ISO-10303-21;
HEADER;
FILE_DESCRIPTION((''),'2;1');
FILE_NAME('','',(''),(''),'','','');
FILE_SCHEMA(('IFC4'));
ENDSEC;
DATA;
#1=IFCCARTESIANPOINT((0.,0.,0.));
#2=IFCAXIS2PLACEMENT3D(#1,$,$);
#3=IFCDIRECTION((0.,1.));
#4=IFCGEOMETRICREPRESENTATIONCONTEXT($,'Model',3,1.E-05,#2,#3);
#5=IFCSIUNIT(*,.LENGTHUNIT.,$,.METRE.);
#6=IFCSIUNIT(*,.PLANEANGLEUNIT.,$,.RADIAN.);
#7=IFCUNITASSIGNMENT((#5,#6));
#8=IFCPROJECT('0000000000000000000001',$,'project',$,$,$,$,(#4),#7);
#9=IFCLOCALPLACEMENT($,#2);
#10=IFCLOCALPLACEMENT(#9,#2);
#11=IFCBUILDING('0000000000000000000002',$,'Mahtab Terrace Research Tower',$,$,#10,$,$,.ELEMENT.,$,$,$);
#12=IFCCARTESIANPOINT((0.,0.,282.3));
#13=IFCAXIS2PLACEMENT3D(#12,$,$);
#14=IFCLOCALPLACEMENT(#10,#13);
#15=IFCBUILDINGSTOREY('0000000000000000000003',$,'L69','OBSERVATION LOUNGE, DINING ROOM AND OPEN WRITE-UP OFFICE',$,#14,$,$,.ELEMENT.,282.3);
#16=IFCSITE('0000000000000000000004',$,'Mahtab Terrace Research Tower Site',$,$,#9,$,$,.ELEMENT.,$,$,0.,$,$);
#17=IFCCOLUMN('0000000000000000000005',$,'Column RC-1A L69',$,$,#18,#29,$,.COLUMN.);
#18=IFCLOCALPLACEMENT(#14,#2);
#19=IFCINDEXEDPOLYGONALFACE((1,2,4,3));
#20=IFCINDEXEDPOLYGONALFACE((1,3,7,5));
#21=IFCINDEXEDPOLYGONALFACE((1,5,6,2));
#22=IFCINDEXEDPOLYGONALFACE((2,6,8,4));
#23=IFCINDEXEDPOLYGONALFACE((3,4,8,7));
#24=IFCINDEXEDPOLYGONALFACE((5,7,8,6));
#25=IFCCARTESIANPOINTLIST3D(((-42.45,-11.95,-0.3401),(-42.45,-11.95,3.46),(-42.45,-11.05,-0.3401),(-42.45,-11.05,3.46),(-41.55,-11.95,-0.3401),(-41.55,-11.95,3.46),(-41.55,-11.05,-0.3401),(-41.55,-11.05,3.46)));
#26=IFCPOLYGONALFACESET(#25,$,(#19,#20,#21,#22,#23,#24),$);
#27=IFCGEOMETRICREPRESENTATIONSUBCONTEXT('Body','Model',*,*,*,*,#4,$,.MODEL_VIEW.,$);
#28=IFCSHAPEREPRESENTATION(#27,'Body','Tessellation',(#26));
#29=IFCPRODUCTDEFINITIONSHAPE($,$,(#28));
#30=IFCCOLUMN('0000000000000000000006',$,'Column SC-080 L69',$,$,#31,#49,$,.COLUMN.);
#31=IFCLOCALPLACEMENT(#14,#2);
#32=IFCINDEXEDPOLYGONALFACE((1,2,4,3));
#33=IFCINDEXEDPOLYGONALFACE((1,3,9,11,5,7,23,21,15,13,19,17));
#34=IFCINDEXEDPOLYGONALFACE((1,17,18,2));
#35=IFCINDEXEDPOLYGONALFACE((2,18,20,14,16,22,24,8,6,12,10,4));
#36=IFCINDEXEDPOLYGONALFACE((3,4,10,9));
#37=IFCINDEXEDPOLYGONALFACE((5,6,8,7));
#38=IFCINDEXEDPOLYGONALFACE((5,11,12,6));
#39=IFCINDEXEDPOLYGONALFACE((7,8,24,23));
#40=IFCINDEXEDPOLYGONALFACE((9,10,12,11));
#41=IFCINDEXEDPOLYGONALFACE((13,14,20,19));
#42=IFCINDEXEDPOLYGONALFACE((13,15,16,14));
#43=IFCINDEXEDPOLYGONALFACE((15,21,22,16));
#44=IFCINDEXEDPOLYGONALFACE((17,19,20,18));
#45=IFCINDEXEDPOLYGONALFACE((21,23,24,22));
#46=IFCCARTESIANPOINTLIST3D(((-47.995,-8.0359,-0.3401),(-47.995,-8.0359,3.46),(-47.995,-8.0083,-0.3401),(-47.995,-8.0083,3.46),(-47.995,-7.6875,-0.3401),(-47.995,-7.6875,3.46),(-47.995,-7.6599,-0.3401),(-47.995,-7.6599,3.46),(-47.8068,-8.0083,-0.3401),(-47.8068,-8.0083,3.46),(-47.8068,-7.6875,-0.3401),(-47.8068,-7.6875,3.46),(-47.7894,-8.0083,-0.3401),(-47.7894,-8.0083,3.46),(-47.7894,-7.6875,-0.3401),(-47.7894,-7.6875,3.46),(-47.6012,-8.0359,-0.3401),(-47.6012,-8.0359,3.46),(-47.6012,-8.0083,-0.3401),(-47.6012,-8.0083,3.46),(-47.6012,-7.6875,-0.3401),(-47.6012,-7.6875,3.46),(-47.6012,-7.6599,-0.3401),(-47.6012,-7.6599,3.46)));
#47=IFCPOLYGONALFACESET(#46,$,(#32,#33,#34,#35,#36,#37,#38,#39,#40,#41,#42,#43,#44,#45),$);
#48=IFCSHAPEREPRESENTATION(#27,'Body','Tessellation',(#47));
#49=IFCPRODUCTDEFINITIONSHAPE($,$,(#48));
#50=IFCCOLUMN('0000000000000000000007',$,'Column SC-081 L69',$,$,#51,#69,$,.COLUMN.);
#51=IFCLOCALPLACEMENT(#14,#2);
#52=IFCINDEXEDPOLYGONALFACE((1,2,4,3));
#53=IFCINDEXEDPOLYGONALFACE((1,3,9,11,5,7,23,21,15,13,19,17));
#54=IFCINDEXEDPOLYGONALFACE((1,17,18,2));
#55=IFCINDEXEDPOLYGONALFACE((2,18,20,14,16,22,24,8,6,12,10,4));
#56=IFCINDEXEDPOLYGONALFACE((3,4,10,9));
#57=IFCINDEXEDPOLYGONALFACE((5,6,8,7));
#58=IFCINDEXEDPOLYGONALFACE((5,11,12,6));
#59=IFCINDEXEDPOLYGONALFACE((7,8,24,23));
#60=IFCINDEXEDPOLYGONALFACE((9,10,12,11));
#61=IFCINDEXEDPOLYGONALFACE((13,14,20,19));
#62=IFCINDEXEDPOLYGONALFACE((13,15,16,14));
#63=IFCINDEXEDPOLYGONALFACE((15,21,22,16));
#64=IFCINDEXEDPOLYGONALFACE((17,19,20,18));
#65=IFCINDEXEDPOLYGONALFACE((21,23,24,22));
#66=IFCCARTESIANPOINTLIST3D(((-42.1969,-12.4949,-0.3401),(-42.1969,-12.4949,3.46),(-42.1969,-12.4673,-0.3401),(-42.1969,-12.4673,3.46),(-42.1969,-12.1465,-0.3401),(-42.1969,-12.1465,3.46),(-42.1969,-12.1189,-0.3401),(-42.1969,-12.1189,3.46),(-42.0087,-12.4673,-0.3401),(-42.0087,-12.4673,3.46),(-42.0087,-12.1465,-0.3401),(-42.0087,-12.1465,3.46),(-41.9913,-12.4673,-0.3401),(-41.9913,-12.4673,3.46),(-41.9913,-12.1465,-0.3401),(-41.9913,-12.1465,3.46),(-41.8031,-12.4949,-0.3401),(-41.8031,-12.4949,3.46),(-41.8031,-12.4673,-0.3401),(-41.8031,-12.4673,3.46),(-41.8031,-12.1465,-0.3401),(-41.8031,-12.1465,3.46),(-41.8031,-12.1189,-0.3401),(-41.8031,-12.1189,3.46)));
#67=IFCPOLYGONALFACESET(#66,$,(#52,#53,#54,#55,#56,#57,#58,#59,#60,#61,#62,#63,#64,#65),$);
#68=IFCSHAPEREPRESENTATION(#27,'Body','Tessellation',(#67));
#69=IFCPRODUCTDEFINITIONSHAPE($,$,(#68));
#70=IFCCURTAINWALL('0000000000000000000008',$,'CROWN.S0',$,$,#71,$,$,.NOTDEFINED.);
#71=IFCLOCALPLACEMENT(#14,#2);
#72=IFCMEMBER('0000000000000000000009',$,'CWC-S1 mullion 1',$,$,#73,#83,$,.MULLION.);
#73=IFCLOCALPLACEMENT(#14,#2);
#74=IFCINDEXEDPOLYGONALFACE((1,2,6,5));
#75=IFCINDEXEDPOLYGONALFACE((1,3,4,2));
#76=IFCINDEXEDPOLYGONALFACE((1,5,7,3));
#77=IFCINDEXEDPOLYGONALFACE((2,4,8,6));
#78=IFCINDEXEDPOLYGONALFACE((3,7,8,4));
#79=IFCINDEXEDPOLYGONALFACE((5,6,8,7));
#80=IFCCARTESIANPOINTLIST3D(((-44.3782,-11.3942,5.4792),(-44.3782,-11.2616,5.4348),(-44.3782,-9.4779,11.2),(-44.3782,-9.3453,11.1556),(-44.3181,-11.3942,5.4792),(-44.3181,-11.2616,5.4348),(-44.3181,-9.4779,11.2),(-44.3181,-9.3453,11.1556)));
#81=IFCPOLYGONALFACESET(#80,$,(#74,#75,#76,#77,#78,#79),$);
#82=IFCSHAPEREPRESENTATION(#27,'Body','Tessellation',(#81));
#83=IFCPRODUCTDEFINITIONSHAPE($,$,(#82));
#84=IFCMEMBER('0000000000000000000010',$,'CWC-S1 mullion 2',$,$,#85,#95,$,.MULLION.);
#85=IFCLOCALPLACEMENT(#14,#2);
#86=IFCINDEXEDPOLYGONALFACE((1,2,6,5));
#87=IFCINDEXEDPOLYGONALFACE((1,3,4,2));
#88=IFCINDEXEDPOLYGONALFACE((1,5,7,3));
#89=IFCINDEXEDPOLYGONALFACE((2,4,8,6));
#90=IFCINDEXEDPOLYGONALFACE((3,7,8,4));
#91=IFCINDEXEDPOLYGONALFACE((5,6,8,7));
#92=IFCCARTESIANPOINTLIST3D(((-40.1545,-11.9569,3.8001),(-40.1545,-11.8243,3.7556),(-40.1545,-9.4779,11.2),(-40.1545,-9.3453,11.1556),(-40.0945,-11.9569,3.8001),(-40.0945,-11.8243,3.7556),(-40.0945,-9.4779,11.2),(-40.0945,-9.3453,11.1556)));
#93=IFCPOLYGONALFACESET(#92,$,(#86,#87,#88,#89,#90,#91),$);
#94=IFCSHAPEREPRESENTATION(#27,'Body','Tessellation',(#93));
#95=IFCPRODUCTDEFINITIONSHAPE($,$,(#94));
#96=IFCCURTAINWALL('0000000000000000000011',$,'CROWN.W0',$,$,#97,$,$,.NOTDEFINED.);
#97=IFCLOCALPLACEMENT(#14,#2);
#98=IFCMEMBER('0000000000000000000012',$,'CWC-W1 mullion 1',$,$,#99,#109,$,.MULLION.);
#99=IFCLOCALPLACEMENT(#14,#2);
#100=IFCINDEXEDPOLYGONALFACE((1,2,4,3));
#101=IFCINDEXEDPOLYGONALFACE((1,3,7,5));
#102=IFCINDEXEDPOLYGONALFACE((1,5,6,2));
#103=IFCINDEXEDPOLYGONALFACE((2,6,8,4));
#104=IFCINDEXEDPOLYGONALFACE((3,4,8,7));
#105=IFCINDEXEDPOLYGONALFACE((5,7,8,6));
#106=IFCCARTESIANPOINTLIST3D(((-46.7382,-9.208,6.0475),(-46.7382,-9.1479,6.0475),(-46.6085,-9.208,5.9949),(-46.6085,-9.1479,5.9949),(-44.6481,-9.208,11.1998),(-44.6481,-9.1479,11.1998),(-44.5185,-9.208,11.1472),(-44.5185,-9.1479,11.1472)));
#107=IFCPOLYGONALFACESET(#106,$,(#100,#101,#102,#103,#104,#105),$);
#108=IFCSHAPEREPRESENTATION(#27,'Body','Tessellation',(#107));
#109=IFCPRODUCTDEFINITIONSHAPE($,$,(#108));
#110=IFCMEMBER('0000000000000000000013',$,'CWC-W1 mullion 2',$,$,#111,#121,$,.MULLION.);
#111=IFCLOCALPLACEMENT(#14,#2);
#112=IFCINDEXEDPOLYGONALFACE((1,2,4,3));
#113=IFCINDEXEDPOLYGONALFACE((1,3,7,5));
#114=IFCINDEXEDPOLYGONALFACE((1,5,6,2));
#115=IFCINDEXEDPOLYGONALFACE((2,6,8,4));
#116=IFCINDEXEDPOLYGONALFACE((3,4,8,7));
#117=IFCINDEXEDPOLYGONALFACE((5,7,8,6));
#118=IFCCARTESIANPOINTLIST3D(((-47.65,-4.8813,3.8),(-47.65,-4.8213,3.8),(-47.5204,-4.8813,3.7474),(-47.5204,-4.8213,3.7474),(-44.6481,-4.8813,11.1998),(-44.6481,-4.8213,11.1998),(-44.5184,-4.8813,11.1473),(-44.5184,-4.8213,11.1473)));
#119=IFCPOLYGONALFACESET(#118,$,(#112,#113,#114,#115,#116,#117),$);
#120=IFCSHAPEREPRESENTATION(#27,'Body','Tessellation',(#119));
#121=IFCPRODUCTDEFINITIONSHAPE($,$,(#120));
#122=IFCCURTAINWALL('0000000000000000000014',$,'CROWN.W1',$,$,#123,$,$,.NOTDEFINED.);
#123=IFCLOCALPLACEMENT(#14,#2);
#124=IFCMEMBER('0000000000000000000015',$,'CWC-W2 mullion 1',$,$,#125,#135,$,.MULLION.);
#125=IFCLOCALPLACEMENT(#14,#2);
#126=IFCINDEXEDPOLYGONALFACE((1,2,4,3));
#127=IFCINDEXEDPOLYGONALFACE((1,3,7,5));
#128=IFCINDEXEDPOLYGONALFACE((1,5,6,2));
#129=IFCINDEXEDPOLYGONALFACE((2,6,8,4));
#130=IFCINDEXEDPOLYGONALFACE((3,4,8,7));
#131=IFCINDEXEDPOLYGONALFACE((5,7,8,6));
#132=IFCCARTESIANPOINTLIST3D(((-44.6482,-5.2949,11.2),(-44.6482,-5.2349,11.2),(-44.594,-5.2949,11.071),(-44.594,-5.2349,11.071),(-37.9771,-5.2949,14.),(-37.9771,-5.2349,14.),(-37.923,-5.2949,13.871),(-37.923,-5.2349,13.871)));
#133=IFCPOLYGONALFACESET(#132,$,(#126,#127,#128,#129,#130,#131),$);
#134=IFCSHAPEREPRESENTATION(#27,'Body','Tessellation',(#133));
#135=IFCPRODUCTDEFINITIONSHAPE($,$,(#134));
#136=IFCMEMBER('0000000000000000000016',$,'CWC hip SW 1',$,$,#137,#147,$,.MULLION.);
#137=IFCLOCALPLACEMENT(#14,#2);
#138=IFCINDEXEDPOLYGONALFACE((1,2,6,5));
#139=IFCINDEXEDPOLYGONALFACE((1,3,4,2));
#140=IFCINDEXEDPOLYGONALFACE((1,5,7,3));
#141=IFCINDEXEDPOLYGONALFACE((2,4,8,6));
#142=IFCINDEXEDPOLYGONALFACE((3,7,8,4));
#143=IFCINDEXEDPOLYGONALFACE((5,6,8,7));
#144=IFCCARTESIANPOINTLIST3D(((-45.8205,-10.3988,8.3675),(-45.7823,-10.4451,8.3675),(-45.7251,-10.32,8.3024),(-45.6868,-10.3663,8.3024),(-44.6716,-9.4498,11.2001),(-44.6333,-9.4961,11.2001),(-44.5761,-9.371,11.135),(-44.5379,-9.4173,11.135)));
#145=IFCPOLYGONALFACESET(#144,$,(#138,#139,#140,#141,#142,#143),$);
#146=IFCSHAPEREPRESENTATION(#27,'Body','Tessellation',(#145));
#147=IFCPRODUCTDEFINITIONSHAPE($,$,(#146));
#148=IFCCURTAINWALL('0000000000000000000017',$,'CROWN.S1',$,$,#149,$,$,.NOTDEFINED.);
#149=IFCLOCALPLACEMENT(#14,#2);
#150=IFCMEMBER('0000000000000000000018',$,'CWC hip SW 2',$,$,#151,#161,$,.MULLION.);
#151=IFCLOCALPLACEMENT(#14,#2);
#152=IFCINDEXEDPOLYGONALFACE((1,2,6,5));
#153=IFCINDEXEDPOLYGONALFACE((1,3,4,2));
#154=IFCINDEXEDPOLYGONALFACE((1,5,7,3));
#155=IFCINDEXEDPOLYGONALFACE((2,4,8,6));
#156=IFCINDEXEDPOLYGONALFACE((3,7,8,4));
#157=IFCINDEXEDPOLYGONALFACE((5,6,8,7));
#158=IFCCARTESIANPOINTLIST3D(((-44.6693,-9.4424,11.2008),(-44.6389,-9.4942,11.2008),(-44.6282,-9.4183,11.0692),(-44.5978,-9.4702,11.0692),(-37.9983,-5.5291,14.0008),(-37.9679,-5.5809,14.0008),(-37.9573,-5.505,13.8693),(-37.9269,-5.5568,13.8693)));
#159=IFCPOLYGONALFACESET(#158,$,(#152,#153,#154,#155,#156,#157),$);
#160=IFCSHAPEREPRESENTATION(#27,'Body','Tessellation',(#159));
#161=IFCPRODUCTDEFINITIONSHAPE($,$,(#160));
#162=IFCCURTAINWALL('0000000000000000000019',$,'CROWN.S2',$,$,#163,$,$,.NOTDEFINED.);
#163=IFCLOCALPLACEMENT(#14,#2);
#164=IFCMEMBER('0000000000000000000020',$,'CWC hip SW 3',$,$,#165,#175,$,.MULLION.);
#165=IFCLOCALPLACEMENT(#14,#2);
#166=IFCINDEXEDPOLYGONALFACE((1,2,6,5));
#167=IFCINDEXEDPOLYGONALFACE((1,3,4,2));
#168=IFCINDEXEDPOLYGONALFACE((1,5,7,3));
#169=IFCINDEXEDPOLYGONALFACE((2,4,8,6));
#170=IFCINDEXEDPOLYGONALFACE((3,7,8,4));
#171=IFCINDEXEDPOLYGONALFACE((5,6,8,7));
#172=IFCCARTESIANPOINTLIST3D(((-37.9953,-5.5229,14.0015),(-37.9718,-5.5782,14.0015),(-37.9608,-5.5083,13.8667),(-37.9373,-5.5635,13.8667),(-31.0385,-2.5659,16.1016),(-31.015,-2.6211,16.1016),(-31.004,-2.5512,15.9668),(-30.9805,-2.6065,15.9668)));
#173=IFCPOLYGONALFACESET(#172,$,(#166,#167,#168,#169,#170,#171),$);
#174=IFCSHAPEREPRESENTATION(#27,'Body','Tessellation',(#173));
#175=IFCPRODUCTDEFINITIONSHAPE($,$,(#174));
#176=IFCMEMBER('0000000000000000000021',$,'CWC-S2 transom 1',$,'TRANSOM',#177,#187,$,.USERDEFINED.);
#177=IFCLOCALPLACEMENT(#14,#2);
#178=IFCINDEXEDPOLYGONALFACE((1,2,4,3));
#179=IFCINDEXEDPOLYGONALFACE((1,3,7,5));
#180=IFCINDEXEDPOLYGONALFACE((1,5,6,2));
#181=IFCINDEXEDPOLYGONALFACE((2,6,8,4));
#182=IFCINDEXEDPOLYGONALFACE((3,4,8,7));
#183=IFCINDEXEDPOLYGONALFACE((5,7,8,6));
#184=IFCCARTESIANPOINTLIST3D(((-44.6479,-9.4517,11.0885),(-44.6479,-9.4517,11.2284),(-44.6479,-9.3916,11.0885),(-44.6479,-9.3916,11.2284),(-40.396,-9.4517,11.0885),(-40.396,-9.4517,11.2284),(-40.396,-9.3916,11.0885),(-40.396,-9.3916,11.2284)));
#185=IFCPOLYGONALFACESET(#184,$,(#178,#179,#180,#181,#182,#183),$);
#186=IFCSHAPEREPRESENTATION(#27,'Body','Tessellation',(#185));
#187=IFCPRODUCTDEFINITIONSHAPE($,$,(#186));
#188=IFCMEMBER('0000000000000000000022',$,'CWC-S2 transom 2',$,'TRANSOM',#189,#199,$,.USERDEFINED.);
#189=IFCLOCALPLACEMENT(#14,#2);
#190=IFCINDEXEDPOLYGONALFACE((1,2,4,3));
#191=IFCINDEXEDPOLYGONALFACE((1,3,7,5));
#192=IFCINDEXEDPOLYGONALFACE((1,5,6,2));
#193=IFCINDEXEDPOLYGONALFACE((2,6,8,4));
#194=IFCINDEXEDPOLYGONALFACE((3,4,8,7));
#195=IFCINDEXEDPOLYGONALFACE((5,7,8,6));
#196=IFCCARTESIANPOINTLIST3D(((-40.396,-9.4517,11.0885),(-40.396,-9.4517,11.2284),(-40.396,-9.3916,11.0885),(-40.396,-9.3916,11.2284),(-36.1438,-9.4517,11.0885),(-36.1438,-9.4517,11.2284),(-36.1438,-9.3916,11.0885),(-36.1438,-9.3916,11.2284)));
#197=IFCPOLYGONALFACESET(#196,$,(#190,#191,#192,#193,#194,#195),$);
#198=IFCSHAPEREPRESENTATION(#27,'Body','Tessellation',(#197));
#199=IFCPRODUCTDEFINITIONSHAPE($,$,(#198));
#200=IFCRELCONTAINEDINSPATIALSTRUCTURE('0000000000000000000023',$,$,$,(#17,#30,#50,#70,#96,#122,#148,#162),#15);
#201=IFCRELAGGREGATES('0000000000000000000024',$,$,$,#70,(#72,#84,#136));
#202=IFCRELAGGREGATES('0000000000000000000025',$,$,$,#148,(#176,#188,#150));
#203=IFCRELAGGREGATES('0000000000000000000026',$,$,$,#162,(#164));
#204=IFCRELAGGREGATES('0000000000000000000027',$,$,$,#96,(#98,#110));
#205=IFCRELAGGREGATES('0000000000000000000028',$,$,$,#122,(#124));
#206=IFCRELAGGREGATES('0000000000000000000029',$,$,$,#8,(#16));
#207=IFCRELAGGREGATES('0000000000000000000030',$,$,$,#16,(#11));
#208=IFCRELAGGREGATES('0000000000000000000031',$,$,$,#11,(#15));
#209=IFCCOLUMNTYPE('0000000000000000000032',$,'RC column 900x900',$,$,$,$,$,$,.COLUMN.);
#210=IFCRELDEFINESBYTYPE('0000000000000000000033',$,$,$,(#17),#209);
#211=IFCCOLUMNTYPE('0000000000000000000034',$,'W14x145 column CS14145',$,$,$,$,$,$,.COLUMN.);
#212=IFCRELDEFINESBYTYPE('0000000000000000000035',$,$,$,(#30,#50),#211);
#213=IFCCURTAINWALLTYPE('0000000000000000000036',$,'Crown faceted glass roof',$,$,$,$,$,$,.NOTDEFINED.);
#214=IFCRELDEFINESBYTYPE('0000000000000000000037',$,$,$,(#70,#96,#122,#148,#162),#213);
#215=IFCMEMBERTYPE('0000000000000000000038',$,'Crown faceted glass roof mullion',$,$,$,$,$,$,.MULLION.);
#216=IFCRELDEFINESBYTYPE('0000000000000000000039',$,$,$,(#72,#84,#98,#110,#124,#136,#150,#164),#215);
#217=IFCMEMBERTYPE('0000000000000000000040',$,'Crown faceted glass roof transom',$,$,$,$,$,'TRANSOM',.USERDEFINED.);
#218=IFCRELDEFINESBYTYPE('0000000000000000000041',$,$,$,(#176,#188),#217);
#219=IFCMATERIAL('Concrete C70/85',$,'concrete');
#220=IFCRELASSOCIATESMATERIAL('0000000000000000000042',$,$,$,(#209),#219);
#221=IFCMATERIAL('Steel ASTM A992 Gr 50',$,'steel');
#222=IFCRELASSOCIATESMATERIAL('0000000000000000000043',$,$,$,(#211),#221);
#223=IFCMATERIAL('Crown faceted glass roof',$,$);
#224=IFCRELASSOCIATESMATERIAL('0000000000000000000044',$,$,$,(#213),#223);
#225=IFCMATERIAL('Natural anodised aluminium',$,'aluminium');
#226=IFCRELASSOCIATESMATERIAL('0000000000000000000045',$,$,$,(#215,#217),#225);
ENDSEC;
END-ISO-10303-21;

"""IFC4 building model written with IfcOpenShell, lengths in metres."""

from ifc_helpers import new_model, si_unit, direction, frame, origin, origin_2d, place, context, subcontext, project, spatial, rectangle, i_section, extrude, material, material_profile, profile_set, type_object, element, aggregate, save


model = new_model("IFC4")

# Units and contexts
model_context = context("Model", 3, precision=1e-05, world=origin(), true_north=direction((0.0, 1.0)))
body_context = subcontext(model_context, "Body", "Model", "MODEL_VIEW")
ifc_project = project(units=[si_unit("LENGTHUNIT", "METRE"), si_unit("PLANEANGLEUNIT", "RADIAN")], contexts=[model_context])

# Site, building, storey
site_placement = place(None, origin())
site = spatial("IfcSite", under=ifc_project, at=site_placement, Name="Mahtab Terrace Research Tower Site", CompositionType="ELEMENT", RefElevation=0.0)
building_placement = place(site_placement, origin())
building = spatial("IfcBuilding", under=site, at=building_placement, Name="Mahtab Terrace Research Tower", CompositionType="ELEMENT")
storey_placement = place(building_placement, frame((0.0, 0.0, 282.3)))
storey = spatial("IfcBuildingStorey", under=building, at=storey_placement, Name="L69", Description="OBSERVATION LOUNGE, DINING ROOM AND OPEN WRITE-UP OFFICE", CompositionType="ELEMENT", Elevation=282.3)

# Columns
ifc_material_1 = material(Name="Concrete C70/85", Category="concrete")
ifc_material_profile_1 = material_profile(ifc_material_1, rectangle(XDim=0.8999, YDim=0.8999, at=origin_2d()), Name="RC column 900x900")
ifc_profile_set_1 = profile_set([ifc_material_profile_1], Name="Concrete C70/85")
column_type_1 = type_object("IfcColumnType", Name="RC column 900x900", PredefinedType="COLUMN", material=ifc_profile_set_1)
column_placement = place(storey_placement, frame((-42.0, -11.5, -0.3401), z_axis=(0.0, 0.0, 1.0), x_axis=(1.0, 0.0, 0.0)))
element("IfcColumn", 1, at=column_placement, inside=storey, type_object=column_type_1, Name="Column RC-1A L69", PredefinedType="COLUMN", context=body_context, shape_type="SweptSolid", body=[
    extrude(rectangle(XDim=0.8999, YDim=0.8999, at=origin_2d()), origin(), (0.0, 0.0, 1.0), 3.8),
])
ifc_material_2 = material(Name="Steel ASTM A992 Gr 50", Category="steel")
ifc_material_profile_2 = material_profile(ifc_material_2, i_section(OverallWidth=0.3938, OverallDepth=0.376, WebThickness=0.0173, FlangeThickness=0.0276, at=origin_2d()), Name="W14X145")
ifc_profile_set_2 = profile_set([ifc_material_profile_2], Name="Steel ASTM A992 Gr 50")
column_type_2 = type_object("IfcColumnType", Name="W14x145 column CS14145", PredefinedType="COLUMN", material=ifc_profile_set_2)
for number, where, z_axis, x_axis, name in (
    (2, (-47.7981, -7.8479, -0.3401), (0.0, 0.0, 1.0), (1.0, 0.0, 0.0), "Column SC-080 L69"),
    (3, (-42.0, -12.3069, -0.3401), (0.0, 0.0, 1.0), (1.0, 0.0, 0.0), "Column SC-081 L69"),
):
    element("IfcColumn", number, at=place(storey_placement, frame(where, z_axis=z_axis, x_axis=x_axis)), inside=storey, type_object=column_type_2, Name=name, PredefinedType="COLUMN", context=body_context, shape_type="SweptSolid", body=[
        extrude(i_section(OverallWidth=0.3938, OverallDepth=0.376, WebThickness=0.0173, FlangeThickness=0.0276, at=origin_2d()), origin(), (0.0, 0.0, 1.0), 3.8),
    ])

# Curtain walls, members
ifc_material_3 = material(Name="Crown faceted glass roof")
curtain_wall_type = type_object("IfcCurtainWallType", Name="Crown faceted glass roof", PredefinedType="NOTDEFINED", material=ifc_material_3)
curtain_wall_1_placement = place(storey_placement, origin())
curtain_wall_1 = element("IfcCurtainWall", 4, at=curtain_wall_1_placement, inside=storey, type_object=curtain_wall_type, Name="CROWN.S0", PredefinedType="NOTDEFINED")
ifc_material_4 = material(Name="Natural anodised aluminium", Category="aluminium")
ifc_material_profile_3 = material_profile(ifc_material_4, rectangle(XDim=0.0601, YDim=0.1399, at=origin_2d()), Name="MULLION 60x140")
ifc_profile_set_3 = profile_set([ifc_material_profile_3], Name="Natural anodised aluminium")
member_type_1 = type_object("IfcMemberType", Name="Crown faceted glass roof mullion", PredefinedType="MULLION", material=ifc_profile_set_3)
member_1_placement = place(storey_placement, frame((-44.3481, -11.3279, 5.457), z_axis=(0.0, 0.317624, 0.948217), x_axis=(-1.0, 0.0, 0.0)))
member_1 = element("IfcMember", 5, at=member_1_placement, type_object=member_type_1, Name="CWC-S1 mullion 1", PredefinedType="MULLION", context=body_context, shape_type="SweptSolid", body=[
    extrude(rectangle(XDim=0.0601, YDim=0.1399, at=origin_2d()), origin(), (0.0, 0.0, 1.0), 6.0332),
])
member_2_placement = place(storey_placement, frame((-40.1245, -11.8906, 3.7778), z_axis=(0.0, 0.317654, 0.948207), x_axis=(-1.0, 0.0, 0.0)))
member_2 = element("IfcMember", 6, at=member_2_placement, type_object=member_type_1, Name="CWC-S1 mullion 2", PredefinedType="MULLION", context=body_context, shape_type="SweptSolid", body=[
    extrude(rectangle(XDim=0.0601, YDim=0.1399, at=origin_2d()), origin(), (0.0, 0.0, 1.0), 7.8042),
])
curtain_wall_2_placement = place(storey_placement, origin())
curtain_wall_2 = element("IfcCurtainWall", 7, at=curtain_wall_2_placement, inside=storey, type_object=curtain_wall_type, Name="CROWN.W0", PredefinedType="NOTDEFINED")
member_3_placement = place(storey_placement, frame((-46.6733, -9.178, 6.0212), z_axis=(0.375906, 0.0, 0.926658), x_axis=(0.0, 1.0, 0.0)))
member_3 = element("IfcMember", 8, at=member_3_placement, type_object=member_type_1, Name="CWC-W1 mullion 1", PredefinedType="MULLION", context=body_context, shape_type="SweptSolid", body=[
    extrude(rectangle(XDim=0.0601, YDim=0.1399, at=origin_2d()), origin(), (0.0, 0.0, 1.0), 5.5601),
])
member_4_placement = place(storey_placement, frame((-47.5852, -4.8513, 3.7737), z_axis=(0.375919, 0.0, 0.926652), x_axis=(0.0, 1.0, 0.0)))
member_4 = element("IfcMember", 9, at=member_4_placement, type_object=member_type_1, Name="CWC-W1 mullion 2", PredefinedType="MULLION", context=body_context, shape_type="SweptSolid", body=[
    extrude(rectangle(XDim=0.0601, YDim=0.1399, at=origin_2d()), origin(), (0.0, 0.0, 1.0), 7.9856),
])

# Curtain wall, member
curtain_wall_3_placement = place(storey_placement, origin())
curtain_wall_3 = element("IfcCurtainWall", 10, at=curtain_wall_3_placement, inside=storey, type_object=curtain_wall_type, Name="CROWN.W1", PredefinedType="NOTDEFINED")
member_5_placement = place(storey_placement, frame((-44.6211, -5.2649, 11.1355), z_axis=(0.922072, 0.0, 0.387017), x_axis=(0.0, 1.0, 0.0)))
member_5 = element("IfcMember", 11, at=member_5_placement, type_object=member_type_1, Name="CWC-W2 mullion 1", PredefinedType="MULLION", context=body_context, shape_type="SweptSolid", body=[
    extrude(rectangle(XDim=0.0601, YDim=0.1399, at=origin_2d()), origin(), (0.0, 0.0, 1.0), 7.2349),
])

# Member
member_6_placement = place(storey_placement, frame((-45.7537, -10.3826, 8.335), z_axis=(0.358974, 0.2965, 0.885), x_axis=(-0.636826, 0.771007, 0.0)))
member_6 = element("IfcMember", 12, at=member_6_placement, type_object=member_type_1, Name="CWC hip SW 1", PredefinedType="MULLION", context=body_context, shape_type="SweptSolid", body=[
    extrude(rectangle(XDim=0.0601, YDim=0.1399, at=origin_2d()), origin(), (0.0, 0.0, 1.0), 3.2007),
])
aggregate(curtain_wall_1, [member_1, member_2, member_6])

# Curtain walls, members
curtain_wall_4_placement = place(storey_placement, origin())
curtain_wall_4 = element("IfcCurtainWall", 13, at=curtain_wall_4_placement, inside=storey, type_object=curtain_wall_type, Name="CROWN.S1", PredefinedType="NOTDEFINED")
member_7_placement = place(storey_placement, frame((-44.6335, -9.4563, 11.135), z_axis=(0.811023, 0.475768, 0.34042), x_axis=(-0.505989, 0.86254, 0.0)))
member_7 = element("IfcMember", 14, at=member_7_placement, type_object=member_type_1, Name="CWC hip SW 2", PredefinedType="MULLION", context=body_context, shape_type="SweptSolid", body=[
    extrude(rectangle(XDim=0.0601, YDim=0.1399, at=origin_2d()), origin(), (0.0, 0.0, 1.0), 8.2253),
])
curtain_wall_5_placement = place(storey_placement, origin())
curtain_wall_5 = element("IfcCurtainWall", 15, at=curtain_wall_5_placement, inside=storey, type_object=curtain_wall_type, Name="CROWN.S2", PredefinedType="NOTDEFINED")
member_8_placement = place(storey_placement, frame((-37.9663, -5.5432, 13.9341), z_axis=(0.886727, 0.37691, 0.267683), x_axis=(-0.391185, 0.920312, 0.0)))
member_8 = element("IfcMember", 16, at=member_8_placement, type_object=member_type_1, Name="CWC hip SW 3", PredefinedType="MULLION", context=body_context, shape_type="SweptSolid", body=[
    extrude(rectangle(XDim=0.0601, YDim=0.1399, at=origin_2d()), origin(), (0.0, 0.0, 1.0), 7.8455),
])

# Members
ifc_material_profile_4 = material_profile(ifc_material_4, rectangle(XDim=0.0601, YDim=0.1399, at=origin_2d()), Name="TRANSOM 60x140")
ifc_profile_set_4 = profile_set([ifc_material_profile_4], Name="Natural anodised aluminium")
member_type_2 = type_object("IfcMemberType", Name="Crown faceted glass roof transom", ElementType="TRANSOM", PredefinedType="USERDEFINED", material=ifc_profile_set_4)
member_9_placement = place(storey_placement, frame((-44.6479, -9.4216, 11.1584), z_axis=(1.0, 0.0, 0.0), x_axis=(0.0, 1.0, 0.0)))
member_9 = element("IfcMember", 17, at=member_9_placement, type_object=member_type_2, Name="CWC-S2 transom 1", ObjectType="TRANSOM", PredefinedType="USERDEFINED", context=body_context, shape_type="SweptSolid", body=[
    extrude(rectangle(XDim=0.0601, YDim=0.1399, at=origin_2d()), origin(), (0.0, 0.0, 1.0), 4.252),
])
member_10_placement = place(storey_placement, frame((-40.396, -9.4216, 11.1584), z_axis=(1.0, 0.0, 0.0), x_axis=(0.0, 1.0, 0.0)))
member_10 = element("IfcMember", 18, at=member_10_placement, type_object=member_type_2, Name="CWC-S2 transom 2", ObjectType="TRANSOM", PredefinedType="USERDEFINED", context=body_context, shape_type="SweptSolid", body=[
    extrude(rectangle(XDim=0.0601, YDim=0.1399, at=origin_2d()), origin(), (0.0, 0.0, 1.0), 4.2522),
])
aggregate(curtain_wall_4, [member_9, member_10, member_7])
aggregate(curtain_wall_5, [member_8])

aggregate(curtain_wall_2, [member_3, member_4])
aggregate(curtain_wall_3, [member_5])

save(model, "model.ifc")
